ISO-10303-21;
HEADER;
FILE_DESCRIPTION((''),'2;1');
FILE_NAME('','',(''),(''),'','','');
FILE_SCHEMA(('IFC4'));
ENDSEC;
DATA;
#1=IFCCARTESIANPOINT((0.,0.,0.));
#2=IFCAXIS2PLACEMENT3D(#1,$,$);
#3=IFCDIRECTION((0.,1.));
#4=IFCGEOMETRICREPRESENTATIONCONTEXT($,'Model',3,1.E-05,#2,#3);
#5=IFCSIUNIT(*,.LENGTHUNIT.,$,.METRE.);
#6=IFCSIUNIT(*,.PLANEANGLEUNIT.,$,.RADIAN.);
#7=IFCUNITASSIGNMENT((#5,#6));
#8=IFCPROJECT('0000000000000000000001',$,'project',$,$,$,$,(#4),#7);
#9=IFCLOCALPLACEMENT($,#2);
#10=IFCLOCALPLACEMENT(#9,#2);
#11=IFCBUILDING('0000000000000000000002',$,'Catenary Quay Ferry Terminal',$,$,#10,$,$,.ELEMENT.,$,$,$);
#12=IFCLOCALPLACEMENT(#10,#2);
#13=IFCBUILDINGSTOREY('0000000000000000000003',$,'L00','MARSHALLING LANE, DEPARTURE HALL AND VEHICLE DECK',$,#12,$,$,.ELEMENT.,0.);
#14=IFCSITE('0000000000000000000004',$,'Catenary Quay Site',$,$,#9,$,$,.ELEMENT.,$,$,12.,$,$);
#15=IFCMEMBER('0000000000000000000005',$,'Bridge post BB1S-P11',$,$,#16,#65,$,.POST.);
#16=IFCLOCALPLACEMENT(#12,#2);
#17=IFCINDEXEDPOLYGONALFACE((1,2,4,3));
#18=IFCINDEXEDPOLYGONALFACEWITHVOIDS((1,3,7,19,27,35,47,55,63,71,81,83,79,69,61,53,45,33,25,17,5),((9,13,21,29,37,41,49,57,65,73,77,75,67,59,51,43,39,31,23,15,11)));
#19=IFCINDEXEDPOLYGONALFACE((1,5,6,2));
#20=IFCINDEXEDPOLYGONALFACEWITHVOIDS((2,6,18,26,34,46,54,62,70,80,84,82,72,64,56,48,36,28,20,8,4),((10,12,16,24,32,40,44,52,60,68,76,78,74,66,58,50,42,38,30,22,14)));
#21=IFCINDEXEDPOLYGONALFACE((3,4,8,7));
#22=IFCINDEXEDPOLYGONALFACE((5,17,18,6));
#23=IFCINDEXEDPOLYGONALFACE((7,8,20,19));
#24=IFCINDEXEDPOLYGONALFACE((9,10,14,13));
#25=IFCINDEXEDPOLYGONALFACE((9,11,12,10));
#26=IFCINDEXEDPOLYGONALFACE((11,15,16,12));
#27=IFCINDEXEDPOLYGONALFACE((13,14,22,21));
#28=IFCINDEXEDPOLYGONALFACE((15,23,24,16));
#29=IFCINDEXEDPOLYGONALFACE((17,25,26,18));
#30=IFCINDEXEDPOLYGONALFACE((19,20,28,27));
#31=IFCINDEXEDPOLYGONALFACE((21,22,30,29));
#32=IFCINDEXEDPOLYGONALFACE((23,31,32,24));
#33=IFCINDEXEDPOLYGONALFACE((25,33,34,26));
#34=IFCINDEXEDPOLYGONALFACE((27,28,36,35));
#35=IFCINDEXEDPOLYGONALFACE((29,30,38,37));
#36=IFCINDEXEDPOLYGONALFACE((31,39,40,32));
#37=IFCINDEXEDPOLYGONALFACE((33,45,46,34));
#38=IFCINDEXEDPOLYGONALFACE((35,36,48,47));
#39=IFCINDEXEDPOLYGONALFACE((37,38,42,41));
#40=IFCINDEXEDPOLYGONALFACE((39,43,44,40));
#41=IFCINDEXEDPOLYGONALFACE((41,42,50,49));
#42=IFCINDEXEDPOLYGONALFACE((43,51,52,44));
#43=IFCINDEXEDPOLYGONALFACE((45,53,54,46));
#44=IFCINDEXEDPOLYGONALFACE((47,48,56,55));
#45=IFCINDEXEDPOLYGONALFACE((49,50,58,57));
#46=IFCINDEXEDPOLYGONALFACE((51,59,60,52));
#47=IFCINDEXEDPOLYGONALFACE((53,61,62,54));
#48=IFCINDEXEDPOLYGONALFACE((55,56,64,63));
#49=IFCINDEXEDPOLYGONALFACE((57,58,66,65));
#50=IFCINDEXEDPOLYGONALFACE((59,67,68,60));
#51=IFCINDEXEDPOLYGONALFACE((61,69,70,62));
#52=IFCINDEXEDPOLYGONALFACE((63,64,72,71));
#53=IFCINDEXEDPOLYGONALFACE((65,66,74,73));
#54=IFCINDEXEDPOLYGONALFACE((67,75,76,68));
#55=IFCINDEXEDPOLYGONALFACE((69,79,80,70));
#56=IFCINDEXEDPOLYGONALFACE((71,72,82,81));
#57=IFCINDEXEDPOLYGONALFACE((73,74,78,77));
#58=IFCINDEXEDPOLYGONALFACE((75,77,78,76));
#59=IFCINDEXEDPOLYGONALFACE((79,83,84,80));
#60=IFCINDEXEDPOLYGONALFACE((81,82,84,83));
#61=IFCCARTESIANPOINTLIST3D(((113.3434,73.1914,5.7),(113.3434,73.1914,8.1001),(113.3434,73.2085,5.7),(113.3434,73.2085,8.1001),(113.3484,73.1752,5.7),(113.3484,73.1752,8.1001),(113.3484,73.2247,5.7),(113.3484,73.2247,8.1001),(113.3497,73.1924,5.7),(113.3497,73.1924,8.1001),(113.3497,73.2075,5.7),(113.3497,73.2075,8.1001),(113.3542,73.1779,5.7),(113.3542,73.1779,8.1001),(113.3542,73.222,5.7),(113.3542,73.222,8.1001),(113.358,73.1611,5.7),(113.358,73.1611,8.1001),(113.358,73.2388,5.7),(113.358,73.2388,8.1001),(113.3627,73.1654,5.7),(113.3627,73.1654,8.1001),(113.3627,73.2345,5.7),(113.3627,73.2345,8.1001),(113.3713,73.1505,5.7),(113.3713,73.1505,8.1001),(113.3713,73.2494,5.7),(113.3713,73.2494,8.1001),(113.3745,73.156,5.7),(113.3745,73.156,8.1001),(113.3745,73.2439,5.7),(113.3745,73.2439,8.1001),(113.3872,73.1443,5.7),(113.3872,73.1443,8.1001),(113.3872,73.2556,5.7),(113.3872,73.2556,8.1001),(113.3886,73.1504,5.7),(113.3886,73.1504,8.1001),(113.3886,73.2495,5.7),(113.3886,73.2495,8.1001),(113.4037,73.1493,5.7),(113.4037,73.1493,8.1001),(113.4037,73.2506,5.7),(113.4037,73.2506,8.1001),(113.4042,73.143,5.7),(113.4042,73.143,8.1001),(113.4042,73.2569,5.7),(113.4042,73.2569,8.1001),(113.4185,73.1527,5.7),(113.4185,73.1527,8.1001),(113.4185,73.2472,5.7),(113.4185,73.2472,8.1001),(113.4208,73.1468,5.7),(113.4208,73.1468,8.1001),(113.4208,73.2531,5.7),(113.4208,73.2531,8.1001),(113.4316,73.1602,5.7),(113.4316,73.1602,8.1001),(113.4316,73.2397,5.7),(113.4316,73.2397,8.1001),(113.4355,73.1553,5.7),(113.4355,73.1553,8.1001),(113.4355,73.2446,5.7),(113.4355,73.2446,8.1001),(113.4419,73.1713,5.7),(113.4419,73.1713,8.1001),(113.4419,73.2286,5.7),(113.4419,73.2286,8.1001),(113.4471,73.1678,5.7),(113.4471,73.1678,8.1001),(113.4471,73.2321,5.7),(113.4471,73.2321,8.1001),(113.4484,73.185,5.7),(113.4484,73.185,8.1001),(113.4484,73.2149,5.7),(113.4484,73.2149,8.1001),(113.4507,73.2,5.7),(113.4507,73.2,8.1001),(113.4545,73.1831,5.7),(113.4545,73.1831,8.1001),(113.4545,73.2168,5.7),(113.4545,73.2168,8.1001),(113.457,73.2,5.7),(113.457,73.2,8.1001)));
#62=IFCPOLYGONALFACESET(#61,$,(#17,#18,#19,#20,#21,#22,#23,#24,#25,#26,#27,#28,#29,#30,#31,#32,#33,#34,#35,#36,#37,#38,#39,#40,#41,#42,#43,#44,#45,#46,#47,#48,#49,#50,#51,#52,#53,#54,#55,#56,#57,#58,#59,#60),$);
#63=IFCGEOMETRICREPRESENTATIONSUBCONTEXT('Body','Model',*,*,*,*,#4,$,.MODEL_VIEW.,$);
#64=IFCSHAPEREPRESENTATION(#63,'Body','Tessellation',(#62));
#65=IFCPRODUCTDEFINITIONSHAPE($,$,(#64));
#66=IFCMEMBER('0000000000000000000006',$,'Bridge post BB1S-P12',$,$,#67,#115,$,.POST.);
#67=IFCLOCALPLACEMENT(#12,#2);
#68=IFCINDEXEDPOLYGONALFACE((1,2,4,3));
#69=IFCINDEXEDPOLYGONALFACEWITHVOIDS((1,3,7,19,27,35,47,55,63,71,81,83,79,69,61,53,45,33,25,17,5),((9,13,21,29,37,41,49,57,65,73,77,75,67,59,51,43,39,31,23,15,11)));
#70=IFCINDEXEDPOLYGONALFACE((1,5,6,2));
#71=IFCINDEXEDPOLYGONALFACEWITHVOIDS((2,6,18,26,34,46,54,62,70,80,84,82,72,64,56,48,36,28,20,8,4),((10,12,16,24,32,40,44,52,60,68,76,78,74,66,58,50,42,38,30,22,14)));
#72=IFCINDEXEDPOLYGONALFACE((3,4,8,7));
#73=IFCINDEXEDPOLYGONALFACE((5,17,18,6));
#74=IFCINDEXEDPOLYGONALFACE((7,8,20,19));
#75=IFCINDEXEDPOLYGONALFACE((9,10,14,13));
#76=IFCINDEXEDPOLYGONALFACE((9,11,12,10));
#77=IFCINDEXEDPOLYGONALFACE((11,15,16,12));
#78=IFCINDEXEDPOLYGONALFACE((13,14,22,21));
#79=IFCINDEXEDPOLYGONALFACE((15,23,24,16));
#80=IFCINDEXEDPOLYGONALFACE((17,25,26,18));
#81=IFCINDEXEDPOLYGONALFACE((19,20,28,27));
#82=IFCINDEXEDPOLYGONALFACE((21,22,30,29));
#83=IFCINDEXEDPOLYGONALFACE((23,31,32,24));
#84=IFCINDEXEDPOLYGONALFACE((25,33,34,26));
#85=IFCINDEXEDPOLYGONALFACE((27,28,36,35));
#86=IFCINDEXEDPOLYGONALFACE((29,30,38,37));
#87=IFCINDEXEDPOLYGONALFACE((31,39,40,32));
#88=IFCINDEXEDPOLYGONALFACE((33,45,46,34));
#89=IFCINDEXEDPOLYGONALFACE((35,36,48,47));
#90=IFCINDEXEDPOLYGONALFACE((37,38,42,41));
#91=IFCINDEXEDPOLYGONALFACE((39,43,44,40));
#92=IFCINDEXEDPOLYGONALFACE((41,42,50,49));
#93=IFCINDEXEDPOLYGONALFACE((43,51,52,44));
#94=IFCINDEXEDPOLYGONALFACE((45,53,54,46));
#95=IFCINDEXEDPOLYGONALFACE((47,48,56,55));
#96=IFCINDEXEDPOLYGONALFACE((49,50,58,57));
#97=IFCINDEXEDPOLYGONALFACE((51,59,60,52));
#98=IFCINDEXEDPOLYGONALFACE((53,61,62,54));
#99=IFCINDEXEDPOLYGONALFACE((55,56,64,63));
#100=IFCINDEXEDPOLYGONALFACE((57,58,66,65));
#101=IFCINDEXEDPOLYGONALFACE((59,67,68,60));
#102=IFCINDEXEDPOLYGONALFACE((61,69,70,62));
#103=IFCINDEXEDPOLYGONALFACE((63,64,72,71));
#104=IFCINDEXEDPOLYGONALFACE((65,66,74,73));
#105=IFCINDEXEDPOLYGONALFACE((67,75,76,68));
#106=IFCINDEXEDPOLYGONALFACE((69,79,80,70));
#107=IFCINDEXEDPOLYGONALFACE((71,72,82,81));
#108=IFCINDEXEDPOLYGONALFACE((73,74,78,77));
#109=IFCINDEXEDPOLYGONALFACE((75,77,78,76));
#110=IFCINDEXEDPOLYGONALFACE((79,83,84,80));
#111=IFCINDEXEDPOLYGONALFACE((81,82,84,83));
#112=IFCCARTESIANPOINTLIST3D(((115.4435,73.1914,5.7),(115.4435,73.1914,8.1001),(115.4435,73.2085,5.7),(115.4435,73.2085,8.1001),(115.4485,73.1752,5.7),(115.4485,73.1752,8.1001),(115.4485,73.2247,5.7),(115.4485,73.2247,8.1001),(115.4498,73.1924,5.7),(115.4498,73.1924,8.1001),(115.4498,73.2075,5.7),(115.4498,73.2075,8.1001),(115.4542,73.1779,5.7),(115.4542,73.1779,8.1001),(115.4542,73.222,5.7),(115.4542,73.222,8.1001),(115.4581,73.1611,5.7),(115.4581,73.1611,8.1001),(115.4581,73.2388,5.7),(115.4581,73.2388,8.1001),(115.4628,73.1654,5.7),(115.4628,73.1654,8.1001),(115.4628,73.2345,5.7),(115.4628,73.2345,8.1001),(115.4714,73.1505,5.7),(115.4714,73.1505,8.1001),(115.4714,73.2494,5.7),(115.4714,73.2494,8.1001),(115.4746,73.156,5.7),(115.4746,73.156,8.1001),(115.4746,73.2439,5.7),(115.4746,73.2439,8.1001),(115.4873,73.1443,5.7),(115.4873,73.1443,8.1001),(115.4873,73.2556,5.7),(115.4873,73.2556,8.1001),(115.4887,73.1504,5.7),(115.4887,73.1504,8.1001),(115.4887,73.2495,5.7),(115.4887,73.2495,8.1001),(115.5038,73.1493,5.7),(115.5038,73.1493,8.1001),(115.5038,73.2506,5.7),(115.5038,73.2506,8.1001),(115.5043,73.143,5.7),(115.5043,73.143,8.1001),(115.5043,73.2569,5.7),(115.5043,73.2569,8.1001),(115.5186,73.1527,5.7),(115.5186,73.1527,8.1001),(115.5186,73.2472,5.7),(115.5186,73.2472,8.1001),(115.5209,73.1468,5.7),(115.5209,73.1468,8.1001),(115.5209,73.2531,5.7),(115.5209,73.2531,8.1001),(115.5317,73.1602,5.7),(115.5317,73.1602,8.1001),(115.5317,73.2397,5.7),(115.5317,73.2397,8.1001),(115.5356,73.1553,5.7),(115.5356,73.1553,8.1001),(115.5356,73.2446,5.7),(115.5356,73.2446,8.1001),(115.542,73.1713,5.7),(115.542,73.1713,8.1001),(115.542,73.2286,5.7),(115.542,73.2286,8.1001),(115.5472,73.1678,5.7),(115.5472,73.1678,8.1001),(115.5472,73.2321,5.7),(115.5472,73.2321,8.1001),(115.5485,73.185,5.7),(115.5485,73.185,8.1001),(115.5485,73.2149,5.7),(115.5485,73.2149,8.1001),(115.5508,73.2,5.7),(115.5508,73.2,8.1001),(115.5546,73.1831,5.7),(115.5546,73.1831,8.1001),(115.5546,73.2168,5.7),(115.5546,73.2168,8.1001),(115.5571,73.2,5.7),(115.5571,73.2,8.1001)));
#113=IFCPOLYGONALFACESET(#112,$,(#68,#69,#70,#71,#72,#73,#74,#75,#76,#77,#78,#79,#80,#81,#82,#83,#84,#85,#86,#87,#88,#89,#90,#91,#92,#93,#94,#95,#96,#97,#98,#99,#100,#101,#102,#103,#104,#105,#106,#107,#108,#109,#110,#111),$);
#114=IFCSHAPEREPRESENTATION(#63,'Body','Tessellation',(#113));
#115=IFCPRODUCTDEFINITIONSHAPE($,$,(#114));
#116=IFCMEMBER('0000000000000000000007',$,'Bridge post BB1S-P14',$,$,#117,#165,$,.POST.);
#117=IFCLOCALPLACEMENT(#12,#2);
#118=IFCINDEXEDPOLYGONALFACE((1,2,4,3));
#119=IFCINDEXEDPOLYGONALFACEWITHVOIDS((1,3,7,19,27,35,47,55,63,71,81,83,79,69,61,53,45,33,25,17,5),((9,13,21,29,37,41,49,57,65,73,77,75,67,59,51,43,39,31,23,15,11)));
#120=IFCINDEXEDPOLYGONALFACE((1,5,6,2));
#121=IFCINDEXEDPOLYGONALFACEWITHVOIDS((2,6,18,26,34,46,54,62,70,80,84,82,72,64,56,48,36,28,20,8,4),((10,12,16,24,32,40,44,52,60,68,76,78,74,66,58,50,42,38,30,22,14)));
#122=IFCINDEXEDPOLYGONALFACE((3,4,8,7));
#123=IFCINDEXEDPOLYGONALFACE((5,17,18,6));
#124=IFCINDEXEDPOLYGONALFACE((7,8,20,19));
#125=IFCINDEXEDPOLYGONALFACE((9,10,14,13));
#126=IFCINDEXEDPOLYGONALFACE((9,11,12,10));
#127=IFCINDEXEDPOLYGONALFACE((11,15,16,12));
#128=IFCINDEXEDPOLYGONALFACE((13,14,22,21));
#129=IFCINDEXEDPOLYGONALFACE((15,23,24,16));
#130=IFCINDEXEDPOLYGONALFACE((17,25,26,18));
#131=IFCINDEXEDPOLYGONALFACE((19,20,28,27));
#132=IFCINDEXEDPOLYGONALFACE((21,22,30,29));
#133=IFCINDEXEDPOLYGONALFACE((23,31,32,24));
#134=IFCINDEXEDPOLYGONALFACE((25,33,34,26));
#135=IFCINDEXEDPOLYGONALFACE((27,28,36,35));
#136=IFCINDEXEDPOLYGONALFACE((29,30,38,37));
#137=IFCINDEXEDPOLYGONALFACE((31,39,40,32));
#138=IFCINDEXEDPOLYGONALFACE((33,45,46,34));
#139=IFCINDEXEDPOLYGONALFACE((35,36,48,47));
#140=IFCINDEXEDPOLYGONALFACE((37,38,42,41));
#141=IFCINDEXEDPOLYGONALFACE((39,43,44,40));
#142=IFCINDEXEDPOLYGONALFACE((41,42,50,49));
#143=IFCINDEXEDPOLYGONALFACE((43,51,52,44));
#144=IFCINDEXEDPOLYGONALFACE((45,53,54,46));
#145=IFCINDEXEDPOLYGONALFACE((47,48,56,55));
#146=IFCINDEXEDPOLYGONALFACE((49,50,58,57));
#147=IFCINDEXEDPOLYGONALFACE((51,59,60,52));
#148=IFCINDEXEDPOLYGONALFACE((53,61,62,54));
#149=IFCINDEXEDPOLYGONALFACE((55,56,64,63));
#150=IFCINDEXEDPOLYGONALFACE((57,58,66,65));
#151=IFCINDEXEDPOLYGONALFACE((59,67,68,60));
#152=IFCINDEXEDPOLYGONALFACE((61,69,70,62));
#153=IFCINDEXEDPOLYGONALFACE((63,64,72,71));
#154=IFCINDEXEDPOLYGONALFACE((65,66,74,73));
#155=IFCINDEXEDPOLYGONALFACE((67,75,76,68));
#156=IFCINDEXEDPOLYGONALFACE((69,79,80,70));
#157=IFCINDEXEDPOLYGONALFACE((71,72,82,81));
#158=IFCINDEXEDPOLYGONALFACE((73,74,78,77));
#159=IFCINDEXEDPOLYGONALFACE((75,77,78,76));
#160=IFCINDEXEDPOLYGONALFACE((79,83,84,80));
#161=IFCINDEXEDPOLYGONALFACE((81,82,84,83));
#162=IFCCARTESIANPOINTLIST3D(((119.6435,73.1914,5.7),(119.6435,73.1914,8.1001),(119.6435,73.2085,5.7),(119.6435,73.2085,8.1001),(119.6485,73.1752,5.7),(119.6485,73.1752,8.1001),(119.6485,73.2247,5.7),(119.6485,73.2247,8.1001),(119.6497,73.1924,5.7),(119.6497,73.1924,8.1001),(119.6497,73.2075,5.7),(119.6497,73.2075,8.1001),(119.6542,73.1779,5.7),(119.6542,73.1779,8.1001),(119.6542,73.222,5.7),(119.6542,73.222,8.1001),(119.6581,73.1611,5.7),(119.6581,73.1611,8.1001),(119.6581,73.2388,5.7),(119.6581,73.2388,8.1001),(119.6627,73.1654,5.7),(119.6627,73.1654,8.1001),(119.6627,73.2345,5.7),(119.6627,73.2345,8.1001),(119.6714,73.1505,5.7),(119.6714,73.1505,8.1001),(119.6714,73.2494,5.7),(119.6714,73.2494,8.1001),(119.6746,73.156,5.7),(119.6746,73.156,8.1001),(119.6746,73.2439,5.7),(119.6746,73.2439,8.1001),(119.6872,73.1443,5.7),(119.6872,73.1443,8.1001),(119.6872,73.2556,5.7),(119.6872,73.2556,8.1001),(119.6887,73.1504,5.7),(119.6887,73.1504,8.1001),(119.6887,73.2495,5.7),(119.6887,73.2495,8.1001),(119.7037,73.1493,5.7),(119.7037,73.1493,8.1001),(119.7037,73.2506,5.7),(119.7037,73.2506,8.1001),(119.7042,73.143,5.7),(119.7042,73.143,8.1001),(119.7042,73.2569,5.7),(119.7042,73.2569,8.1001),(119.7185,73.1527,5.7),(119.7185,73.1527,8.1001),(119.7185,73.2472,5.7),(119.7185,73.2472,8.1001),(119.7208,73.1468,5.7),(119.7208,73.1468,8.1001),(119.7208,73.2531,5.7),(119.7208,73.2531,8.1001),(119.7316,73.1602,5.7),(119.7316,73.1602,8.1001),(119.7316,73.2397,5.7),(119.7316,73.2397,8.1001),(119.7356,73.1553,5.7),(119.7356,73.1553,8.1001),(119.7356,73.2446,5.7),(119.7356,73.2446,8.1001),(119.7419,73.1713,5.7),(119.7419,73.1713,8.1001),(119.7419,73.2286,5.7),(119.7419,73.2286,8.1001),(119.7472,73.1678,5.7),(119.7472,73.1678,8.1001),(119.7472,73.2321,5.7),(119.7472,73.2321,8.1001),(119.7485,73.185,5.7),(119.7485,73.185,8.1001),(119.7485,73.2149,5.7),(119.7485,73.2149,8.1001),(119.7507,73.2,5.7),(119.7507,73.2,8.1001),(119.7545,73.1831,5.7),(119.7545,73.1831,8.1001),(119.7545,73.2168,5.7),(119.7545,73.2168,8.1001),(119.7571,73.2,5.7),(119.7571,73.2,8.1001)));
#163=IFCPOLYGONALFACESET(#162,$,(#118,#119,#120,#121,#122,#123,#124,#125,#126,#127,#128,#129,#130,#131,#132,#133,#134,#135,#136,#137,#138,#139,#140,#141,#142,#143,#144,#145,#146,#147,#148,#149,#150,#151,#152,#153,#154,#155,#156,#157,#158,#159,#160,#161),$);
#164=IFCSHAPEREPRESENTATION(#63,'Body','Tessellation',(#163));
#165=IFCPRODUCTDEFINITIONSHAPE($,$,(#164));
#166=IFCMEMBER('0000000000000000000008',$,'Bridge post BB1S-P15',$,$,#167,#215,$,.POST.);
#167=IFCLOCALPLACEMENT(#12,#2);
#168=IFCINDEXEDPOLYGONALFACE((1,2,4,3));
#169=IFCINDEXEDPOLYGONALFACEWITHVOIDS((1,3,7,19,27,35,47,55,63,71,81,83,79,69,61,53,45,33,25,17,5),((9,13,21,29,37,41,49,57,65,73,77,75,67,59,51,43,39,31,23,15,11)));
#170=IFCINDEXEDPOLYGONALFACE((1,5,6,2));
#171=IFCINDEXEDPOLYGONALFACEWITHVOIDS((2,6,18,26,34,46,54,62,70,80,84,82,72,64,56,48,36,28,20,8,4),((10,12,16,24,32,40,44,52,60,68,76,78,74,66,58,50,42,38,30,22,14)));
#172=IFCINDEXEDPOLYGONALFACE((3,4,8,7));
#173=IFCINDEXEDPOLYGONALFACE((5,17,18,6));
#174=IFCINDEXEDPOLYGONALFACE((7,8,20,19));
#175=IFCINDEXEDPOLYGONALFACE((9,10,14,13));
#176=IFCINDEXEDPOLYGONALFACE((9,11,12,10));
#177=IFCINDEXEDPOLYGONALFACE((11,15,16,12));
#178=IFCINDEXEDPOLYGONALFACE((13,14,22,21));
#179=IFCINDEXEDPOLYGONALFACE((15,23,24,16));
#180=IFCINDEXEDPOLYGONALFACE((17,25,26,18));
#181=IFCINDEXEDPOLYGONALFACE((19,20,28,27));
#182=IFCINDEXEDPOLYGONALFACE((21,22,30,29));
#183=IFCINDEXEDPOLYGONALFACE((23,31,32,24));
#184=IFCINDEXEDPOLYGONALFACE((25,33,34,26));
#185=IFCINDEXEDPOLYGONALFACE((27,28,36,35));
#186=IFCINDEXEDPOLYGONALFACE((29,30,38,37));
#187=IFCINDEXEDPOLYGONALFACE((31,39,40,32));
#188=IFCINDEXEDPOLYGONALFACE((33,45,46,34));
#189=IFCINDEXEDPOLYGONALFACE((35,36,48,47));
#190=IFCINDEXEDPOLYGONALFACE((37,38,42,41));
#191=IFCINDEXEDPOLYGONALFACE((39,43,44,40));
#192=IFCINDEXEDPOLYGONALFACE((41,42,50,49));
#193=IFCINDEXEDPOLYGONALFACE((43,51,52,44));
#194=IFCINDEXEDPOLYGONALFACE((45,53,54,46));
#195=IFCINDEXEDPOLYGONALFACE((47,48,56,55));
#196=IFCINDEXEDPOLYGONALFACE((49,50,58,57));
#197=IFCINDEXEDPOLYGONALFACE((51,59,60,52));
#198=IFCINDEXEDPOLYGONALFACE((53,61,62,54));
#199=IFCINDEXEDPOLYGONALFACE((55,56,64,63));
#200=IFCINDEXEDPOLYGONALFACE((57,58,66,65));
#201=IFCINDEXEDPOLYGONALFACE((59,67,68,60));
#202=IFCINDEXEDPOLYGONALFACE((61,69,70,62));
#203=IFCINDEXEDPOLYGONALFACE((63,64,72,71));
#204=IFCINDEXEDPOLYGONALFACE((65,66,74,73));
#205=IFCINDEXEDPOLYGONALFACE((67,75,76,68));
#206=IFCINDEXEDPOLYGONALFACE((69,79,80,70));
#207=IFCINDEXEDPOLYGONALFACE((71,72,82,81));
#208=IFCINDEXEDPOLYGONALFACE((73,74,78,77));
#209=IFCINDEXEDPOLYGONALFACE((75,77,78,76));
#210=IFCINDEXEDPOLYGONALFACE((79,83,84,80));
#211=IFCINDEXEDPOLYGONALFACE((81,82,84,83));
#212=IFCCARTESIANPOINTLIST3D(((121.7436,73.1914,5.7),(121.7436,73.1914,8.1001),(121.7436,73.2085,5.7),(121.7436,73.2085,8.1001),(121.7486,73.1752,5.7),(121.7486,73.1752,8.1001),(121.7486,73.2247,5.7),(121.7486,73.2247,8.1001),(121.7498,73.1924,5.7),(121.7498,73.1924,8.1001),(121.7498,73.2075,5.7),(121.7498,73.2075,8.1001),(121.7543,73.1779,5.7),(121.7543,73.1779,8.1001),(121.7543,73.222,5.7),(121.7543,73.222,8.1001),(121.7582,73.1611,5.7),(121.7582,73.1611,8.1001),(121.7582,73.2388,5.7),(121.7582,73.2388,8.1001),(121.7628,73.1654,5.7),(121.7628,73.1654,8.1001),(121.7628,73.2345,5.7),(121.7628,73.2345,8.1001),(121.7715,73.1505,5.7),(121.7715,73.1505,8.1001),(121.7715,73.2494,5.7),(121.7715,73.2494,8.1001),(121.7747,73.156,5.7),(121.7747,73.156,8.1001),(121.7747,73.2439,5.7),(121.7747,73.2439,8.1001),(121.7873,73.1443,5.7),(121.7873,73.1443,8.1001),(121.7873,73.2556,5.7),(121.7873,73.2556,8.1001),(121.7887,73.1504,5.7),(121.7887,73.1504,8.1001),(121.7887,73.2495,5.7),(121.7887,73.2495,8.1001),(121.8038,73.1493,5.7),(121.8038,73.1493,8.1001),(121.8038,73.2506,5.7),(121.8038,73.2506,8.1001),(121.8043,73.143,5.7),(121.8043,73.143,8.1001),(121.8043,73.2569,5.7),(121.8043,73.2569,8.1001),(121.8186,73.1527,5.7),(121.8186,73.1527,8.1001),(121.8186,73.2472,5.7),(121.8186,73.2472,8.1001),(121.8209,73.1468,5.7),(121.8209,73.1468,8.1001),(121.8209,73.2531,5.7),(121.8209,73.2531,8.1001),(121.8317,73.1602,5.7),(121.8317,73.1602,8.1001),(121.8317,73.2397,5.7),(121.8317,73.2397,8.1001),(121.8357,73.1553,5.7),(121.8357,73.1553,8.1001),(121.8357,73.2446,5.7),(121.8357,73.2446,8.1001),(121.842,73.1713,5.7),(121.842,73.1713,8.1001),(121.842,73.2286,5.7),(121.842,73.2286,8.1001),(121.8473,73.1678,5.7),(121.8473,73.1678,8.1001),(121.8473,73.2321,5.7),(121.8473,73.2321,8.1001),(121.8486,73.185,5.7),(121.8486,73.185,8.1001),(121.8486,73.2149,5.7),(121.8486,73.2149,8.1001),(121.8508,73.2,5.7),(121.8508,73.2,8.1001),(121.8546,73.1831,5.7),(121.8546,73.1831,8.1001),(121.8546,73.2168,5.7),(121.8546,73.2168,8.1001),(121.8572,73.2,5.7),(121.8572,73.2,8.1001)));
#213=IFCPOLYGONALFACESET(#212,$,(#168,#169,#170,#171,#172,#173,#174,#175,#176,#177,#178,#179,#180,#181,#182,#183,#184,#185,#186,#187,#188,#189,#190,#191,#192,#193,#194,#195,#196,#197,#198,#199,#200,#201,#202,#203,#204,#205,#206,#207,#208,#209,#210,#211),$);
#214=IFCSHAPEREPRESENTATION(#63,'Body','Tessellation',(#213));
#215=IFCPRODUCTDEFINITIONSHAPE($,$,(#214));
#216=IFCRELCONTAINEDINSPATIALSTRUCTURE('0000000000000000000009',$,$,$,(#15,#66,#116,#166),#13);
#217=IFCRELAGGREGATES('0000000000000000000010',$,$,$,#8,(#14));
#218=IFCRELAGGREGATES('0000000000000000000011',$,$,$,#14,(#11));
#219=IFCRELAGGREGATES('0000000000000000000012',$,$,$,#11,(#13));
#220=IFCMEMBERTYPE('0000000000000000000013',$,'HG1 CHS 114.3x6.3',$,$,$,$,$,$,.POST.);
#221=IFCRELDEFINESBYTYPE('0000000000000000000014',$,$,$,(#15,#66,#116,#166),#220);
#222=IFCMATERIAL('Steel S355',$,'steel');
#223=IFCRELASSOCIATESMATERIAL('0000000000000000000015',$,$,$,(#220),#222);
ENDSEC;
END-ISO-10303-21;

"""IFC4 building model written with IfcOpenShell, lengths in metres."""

from ifc_helpers import new_model, si_unit, direction, frame, origin, origin_2d, place, context, subcontext, project, spatial, hollow_circle, extrude, material, material_profile, profile_set, type_object, element, save


model = new_model("IFC4")

# Units and contexts
model_context = context("Model", 3, precision=1e-05, world=origin(), true_north=direction((0.0, 1.0)))
body_context = subcontext(model_context, "Body", "Model", "MODEL_VIEW")
ifc_project = project(units=[si_unit("LENGTHUNIT", "METRE"), si_unit("PLANEANGLEUNIT", "RADIAN")], contexts=[model_context])

# Site, building, storey
site_placement = place(None, origin())
site = spatial("IfcSite", under=ifc_project, at=site_placement, Name="Catenary Quay Site", CompositionType="ELEMENT", RefElevation=12.0)
building_placement = place(site_placement, origin())
building = spatial("IfcBuilding", under=site, at=building_placement, Name="Catenary Quay Ferry Terminal", CompositionType="ELEMENT")
storey_placement = place(building_placement, origin())
storey = spatial("IfcBuildingStorey", under=building, at=storey_placement, Name="L00", Description="MARSHALLING LANE, DEPARTURE HALL AND VEHICLE DECK", CompositionType="ELEMENT", Elevation=0.0)

# Members
ifc_material_1 = material(Name="Steel S355", Category="steel")
ifc_material_profile_1 = material_profile(ifc_material_1, hollow_circle(Radius=0.0571, WallThickness=0.0063, at=origin_2d()), Name="CHS 114.3x6.3")
ifc_profile_set_1 = profile_set([ifc_material_profile_1], Name="Steel S355")
member_type_1 = type_object("IfcMemberType", Name="HG1 CHS 114.3x6.3", PredefinedType="POST", material=ifc_profile_set_1)
for number, where, z_axis, x_axis, name in (
    (1, (113.3999, 73.2, 5.7), (0.0, 0.0, 1.0), (1.0, 0.0, 0.0), "Bridge post BB1S-P11"),
    (2, (115.5, 73.2, 5.7), (0.0, 0.0, 1.0), (1.0, 0.0, 0.0), "Bridge post BB1S-P12"),
    (3, (119.7, 73.2, 5.7), (0.0, 0.0, 1.0), (1.0, 0.0, 0.0), "Bridge post BB1S-P14"),
    (4, (121.8, 73.2, 5.7), (0.0, 0.0, 1.0), (1.0, 0.0, 0.0), "Bridge post BB1S-P15"),
):
    element("IfcMember", number, at=place(storey_placement, frame(where, z_axis=z_axis, x_axis=x_axis)), inside=storey, type_object=member_type_1, Name=name, PredefinedType="POST", context=body_context, shape_type="SweptSolid", body=[
        extrude(hollow_circle(Radius=0.0571, WallThickness=0.0063, at=origin_2d()), origin(), (0.0, 0.0, 1.0), 2.4001),
    ])

save(model, "model.ifc")
